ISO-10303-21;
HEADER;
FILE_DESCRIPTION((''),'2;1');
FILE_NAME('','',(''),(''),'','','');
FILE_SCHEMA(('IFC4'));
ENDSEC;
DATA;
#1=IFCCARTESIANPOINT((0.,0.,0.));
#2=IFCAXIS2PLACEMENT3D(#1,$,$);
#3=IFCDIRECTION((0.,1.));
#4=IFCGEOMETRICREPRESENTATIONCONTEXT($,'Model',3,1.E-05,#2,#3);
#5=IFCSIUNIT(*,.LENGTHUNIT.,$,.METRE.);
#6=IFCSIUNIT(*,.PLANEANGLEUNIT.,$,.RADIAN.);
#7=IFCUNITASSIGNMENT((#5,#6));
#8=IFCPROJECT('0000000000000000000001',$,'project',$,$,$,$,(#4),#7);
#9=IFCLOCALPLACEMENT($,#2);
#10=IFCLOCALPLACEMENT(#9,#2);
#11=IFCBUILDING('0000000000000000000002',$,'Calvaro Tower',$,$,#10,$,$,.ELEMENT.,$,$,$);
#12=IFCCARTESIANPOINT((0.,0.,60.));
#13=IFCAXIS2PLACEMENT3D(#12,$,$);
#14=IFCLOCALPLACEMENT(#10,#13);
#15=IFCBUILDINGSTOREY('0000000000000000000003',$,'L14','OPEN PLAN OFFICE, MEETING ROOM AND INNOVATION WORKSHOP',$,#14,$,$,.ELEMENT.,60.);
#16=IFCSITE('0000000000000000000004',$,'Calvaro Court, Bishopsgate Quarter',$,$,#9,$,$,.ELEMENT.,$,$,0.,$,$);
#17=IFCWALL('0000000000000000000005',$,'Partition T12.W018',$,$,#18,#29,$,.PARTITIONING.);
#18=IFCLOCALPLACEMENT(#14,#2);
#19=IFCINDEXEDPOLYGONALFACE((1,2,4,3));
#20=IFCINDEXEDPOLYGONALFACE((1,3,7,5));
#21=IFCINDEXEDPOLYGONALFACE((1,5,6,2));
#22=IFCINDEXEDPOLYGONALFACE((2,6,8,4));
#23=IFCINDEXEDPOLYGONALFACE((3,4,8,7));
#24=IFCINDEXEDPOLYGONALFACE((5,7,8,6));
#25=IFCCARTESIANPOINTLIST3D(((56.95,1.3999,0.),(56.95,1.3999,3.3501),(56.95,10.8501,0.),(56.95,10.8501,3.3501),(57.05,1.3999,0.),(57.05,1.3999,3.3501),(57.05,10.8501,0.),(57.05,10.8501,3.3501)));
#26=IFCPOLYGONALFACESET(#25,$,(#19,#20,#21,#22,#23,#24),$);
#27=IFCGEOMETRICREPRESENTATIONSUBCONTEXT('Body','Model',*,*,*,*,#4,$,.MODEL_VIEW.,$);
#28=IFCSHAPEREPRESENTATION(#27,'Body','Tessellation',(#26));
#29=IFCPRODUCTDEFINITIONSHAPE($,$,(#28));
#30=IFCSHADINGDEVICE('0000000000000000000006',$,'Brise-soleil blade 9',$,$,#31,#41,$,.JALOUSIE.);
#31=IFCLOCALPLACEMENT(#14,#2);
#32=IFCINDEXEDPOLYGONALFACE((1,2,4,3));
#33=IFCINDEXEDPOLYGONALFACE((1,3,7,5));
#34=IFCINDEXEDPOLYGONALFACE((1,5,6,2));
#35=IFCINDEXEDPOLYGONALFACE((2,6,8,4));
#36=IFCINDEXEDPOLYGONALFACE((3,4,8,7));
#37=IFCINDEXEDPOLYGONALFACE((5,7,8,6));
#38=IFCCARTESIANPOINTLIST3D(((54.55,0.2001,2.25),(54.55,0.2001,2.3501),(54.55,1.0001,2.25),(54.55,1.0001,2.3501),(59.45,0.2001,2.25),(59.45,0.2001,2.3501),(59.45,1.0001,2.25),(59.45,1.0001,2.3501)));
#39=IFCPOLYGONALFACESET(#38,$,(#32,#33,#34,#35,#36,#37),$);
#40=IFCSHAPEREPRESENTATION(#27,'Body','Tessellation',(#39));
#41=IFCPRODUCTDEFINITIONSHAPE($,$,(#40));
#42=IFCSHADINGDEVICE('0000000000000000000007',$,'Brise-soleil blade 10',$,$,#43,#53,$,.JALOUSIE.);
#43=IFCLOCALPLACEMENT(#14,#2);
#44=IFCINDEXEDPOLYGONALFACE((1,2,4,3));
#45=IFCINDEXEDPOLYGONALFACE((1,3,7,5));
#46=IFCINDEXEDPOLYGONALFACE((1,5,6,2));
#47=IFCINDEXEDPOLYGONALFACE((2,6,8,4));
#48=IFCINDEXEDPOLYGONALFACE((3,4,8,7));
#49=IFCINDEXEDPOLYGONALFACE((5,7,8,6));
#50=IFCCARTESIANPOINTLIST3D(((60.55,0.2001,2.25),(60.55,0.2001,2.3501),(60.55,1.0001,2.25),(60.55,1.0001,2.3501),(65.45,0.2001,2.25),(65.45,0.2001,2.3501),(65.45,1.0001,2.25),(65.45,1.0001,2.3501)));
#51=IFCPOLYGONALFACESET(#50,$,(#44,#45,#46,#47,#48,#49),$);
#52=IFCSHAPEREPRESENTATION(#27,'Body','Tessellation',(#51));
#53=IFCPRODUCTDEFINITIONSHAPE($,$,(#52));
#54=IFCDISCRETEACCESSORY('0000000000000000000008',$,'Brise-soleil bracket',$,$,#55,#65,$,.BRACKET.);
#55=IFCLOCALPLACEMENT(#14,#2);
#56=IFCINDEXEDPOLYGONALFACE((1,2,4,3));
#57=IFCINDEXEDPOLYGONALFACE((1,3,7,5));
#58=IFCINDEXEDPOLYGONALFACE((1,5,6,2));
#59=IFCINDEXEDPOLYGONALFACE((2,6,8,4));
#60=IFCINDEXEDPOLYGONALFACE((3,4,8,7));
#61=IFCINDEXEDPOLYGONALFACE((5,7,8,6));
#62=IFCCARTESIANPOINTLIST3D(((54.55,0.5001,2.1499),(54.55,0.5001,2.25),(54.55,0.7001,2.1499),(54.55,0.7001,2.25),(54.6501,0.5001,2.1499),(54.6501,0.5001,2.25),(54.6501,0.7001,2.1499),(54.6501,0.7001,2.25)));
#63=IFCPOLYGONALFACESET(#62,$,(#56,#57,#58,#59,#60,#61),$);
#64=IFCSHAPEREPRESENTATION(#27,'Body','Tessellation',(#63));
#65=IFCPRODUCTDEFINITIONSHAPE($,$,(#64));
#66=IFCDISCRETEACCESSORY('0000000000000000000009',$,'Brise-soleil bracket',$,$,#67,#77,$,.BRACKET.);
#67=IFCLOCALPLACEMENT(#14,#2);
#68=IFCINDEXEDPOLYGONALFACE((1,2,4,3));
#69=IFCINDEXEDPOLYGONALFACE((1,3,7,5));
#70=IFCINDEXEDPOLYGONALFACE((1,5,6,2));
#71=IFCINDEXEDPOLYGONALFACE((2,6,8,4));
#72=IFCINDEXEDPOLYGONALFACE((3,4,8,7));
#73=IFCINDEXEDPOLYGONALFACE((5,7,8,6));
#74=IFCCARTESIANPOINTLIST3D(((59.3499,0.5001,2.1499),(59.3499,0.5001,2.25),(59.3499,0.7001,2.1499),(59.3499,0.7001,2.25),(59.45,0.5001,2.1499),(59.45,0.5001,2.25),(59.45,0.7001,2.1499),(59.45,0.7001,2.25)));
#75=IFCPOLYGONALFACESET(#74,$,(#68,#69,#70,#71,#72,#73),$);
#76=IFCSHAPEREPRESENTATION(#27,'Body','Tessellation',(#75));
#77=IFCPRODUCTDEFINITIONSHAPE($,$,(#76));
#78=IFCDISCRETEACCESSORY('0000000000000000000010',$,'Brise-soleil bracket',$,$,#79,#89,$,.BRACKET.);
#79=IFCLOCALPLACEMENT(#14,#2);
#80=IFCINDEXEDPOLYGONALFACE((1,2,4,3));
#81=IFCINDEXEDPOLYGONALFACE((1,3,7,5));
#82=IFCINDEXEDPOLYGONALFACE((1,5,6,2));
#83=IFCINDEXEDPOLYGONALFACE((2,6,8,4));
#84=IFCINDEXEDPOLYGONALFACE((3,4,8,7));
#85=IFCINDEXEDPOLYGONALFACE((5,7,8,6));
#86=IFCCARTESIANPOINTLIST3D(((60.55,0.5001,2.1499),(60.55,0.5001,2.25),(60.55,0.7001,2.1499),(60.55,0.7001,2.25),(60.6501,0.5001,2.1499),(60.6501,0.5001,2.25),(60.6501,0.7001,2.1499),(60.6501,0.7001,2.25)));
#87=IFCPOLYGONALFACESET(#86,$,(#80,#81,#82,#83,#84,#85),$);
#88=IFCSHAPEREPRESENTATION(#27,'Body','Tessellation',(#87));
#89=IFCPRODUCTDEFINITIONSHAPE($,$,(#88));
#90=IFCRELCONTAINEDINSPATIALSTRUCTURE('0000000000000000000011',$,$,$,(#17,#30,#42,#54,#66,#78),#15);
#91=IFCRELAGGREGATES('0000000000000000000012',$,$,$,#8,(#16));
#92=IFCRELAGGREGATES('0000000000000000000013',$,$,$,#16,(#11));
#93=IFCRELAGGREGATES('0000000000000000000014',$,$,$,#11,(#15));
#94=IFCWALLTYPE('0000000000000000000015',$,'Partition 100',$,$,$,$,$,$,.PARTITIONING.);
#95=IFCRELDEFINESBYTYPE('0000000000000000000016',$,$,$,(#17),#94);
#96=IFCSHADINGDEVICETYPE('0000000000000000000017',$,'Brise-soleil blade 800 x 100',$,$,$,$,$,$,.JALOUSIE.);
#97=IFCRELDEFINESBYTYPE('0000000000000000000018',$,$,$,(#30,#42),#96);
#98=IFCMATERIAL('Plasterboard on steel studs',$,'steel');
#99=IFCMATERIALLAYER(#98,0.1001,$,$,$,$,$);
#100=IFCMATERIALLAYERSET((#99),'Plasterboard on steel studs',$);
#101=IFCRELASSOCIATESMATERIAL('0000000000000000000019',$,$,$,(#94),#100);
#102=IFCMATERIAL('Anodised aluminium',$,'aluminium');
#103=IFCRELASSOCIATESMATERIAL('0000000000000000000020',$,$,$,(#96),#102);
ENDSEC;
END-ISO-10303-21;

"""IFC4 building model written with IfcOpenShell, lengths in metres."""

from ifc_helpers import new_model, si_unit, direction, frame, frame_2d, origin, origin_2d, place, context, subcontext, project, spatial, rectangle, extrude, material, layer, layer_set, material_profile, profile_set, type_object, element, save


model = new_model("IFC4")

# Units and contexts
model_context = context("Model", 3, precision=1e-05, world=origin(), true_north=direction((0.0, 1.0)))
body_context = subcontext(model_context, "Body", "Model", "MODEL_VIEW")
ifc_project = project(units=[si_unit("LENGTHUNIT", "METRE"), si_unit("PLANEANGLEUNIT", "RADIAN")], contexts=[model_context])

# Site, building, storey
site_placement = place(None, origin())
site = spatial("IfcSite", under=ifc_project, at=site_placement, Name="Calvaro Court, Bishopsgate Quarter", CompositionType="ELEMENT", RefElevation=0.0)
building_placement = place(site_placement, origin())
building = spatial("IfcBuilding", under=site, at=building_placement, Name="Calvaro Tower", CompositionType="ELEMENT")
storey_placement = place(building_placement, frame((0.0, 0.0, 60.0)))
storey = spatial("IfcBuildingStorey", under=building, at=storey_placement, Name="L14", Description="OPEN PLAN OFFICE, MEETING ROOM AND INNOVATION WORKSHOP", CompositionType="ELEMENT", Elevation=60.0)

# Wall
ifc_material_1 = material(Name="Plasterboard on steel studs", Category="steel")
ifc_layer_1 = layer(ifc_material_1, 0.1001)
ifc_layer_set_1 = layer_set([ifc_layer_1], Name="Plasterboard on steel studs")
wall_type = type_object("IfcWallType", Name="Partition 100", PredefinedType="PARTITIONING", material=ifc_layer_set_1)
wall_placement = place(storey_placement, frame((57.0, 1.3999, 0.0), z_axis=(0.0, 0.0, 1.0), x_axis=(0.0, 1.0, 0.0)))
element("IfcWall", 1, at=wall_placement, inside=storey, type_object=wall_type, Name="Partition T12.W018", PredefinedType="PARTITIONING", context=body_context, shape_type="SweptSolid", body=[
    extrude(rectangle(XDim=9.4502, YDim=0.1001, at=frame_2d((4.7251, 0.0))), origin(), (0.0, 0.0, 1.0), 3.3501),
])

# Shading devices
ifc_material_2 = material(Name="Anodised aluminium", Category="aluminium")
ifc_material_profile_1 = material_profile(ifc_material_2, rectangle(XDim=0.8, YDim=0.1001, at=origin_2d()), Name="Brise-soleil blade 800 x 100")
ifc_profile_set_1 = profile_set([ifc_material_profile_1], Name="Anodised aluminium")
shading_device_type = type_object("IfcShadingDeviceType", Name="Brise-soleil blade 800 x 100", PredefinedType="JALOUSIE", material=ifc_profile_set_1)
for number, where, z_axis, x_axis, name in (
    (2, (54.55, 0.6001, 2.3), (1.0, 0.0, 0.0), (0.0, 1.0, 0.0), "Brise-soleil blade 9"),
    (3, (60.55, 0.6001, 2.3), (1.0, 0.0, 0.0), (0.0, 1.0, 0.0), "Brise-soleil blade 10"),
):
    element("IfcShadingDevice", number, at=place(storey_placement, frame(where, z_axis=z_axis, x_axis=x_axis)), inside=storey, type_object=shading_device_type, Name=name, PredefinedType="JALOUSIE", context=body_context, shape_type="SweptSolid", body=[
        extrude(rectangle(XDim=0.8, YDim=0.1001, at=origin_2d()), origin(), (0.0, 0.0, 1.0), 4.8999),
    ])

# Discrete accessories
for number, where, z_axis, x_axis, name in (
    (4, (54.6001, 0.6001, 2.1499), (0.0, 0.0, 1.0), (1.0, 0.0, 0.0), "Brise-soleil bracket"),
    (5, (59.3999, 0.6001, 2.1499), (0.0, 0.0, 1.0), (1.0, 0.0, 0.0), "Brise-soleil bracket"),
    (6, (60.6001, 0.6001, 2.1499), (0.0, 0.0, 1.0), (1.0, 0.0, 0.0), "Brise-soleil bracket"),
):
    element("IfcDiscreteAccessory", number, at=place(storey_placement, frame(where, z_axis=z_axis, x_axis=x_axis)), inside=storey, Name=name, PredefinedType="BRACKET", context=body_context, shape_type="SweptSolid", body=[
        extrude(rectangle(XDim=0.1001, YDim=0.2, at=origin_2d()), origin(), (0.0, 0.0, 1.0), 0.1001),
    ])

save(model, "model.ifc")
